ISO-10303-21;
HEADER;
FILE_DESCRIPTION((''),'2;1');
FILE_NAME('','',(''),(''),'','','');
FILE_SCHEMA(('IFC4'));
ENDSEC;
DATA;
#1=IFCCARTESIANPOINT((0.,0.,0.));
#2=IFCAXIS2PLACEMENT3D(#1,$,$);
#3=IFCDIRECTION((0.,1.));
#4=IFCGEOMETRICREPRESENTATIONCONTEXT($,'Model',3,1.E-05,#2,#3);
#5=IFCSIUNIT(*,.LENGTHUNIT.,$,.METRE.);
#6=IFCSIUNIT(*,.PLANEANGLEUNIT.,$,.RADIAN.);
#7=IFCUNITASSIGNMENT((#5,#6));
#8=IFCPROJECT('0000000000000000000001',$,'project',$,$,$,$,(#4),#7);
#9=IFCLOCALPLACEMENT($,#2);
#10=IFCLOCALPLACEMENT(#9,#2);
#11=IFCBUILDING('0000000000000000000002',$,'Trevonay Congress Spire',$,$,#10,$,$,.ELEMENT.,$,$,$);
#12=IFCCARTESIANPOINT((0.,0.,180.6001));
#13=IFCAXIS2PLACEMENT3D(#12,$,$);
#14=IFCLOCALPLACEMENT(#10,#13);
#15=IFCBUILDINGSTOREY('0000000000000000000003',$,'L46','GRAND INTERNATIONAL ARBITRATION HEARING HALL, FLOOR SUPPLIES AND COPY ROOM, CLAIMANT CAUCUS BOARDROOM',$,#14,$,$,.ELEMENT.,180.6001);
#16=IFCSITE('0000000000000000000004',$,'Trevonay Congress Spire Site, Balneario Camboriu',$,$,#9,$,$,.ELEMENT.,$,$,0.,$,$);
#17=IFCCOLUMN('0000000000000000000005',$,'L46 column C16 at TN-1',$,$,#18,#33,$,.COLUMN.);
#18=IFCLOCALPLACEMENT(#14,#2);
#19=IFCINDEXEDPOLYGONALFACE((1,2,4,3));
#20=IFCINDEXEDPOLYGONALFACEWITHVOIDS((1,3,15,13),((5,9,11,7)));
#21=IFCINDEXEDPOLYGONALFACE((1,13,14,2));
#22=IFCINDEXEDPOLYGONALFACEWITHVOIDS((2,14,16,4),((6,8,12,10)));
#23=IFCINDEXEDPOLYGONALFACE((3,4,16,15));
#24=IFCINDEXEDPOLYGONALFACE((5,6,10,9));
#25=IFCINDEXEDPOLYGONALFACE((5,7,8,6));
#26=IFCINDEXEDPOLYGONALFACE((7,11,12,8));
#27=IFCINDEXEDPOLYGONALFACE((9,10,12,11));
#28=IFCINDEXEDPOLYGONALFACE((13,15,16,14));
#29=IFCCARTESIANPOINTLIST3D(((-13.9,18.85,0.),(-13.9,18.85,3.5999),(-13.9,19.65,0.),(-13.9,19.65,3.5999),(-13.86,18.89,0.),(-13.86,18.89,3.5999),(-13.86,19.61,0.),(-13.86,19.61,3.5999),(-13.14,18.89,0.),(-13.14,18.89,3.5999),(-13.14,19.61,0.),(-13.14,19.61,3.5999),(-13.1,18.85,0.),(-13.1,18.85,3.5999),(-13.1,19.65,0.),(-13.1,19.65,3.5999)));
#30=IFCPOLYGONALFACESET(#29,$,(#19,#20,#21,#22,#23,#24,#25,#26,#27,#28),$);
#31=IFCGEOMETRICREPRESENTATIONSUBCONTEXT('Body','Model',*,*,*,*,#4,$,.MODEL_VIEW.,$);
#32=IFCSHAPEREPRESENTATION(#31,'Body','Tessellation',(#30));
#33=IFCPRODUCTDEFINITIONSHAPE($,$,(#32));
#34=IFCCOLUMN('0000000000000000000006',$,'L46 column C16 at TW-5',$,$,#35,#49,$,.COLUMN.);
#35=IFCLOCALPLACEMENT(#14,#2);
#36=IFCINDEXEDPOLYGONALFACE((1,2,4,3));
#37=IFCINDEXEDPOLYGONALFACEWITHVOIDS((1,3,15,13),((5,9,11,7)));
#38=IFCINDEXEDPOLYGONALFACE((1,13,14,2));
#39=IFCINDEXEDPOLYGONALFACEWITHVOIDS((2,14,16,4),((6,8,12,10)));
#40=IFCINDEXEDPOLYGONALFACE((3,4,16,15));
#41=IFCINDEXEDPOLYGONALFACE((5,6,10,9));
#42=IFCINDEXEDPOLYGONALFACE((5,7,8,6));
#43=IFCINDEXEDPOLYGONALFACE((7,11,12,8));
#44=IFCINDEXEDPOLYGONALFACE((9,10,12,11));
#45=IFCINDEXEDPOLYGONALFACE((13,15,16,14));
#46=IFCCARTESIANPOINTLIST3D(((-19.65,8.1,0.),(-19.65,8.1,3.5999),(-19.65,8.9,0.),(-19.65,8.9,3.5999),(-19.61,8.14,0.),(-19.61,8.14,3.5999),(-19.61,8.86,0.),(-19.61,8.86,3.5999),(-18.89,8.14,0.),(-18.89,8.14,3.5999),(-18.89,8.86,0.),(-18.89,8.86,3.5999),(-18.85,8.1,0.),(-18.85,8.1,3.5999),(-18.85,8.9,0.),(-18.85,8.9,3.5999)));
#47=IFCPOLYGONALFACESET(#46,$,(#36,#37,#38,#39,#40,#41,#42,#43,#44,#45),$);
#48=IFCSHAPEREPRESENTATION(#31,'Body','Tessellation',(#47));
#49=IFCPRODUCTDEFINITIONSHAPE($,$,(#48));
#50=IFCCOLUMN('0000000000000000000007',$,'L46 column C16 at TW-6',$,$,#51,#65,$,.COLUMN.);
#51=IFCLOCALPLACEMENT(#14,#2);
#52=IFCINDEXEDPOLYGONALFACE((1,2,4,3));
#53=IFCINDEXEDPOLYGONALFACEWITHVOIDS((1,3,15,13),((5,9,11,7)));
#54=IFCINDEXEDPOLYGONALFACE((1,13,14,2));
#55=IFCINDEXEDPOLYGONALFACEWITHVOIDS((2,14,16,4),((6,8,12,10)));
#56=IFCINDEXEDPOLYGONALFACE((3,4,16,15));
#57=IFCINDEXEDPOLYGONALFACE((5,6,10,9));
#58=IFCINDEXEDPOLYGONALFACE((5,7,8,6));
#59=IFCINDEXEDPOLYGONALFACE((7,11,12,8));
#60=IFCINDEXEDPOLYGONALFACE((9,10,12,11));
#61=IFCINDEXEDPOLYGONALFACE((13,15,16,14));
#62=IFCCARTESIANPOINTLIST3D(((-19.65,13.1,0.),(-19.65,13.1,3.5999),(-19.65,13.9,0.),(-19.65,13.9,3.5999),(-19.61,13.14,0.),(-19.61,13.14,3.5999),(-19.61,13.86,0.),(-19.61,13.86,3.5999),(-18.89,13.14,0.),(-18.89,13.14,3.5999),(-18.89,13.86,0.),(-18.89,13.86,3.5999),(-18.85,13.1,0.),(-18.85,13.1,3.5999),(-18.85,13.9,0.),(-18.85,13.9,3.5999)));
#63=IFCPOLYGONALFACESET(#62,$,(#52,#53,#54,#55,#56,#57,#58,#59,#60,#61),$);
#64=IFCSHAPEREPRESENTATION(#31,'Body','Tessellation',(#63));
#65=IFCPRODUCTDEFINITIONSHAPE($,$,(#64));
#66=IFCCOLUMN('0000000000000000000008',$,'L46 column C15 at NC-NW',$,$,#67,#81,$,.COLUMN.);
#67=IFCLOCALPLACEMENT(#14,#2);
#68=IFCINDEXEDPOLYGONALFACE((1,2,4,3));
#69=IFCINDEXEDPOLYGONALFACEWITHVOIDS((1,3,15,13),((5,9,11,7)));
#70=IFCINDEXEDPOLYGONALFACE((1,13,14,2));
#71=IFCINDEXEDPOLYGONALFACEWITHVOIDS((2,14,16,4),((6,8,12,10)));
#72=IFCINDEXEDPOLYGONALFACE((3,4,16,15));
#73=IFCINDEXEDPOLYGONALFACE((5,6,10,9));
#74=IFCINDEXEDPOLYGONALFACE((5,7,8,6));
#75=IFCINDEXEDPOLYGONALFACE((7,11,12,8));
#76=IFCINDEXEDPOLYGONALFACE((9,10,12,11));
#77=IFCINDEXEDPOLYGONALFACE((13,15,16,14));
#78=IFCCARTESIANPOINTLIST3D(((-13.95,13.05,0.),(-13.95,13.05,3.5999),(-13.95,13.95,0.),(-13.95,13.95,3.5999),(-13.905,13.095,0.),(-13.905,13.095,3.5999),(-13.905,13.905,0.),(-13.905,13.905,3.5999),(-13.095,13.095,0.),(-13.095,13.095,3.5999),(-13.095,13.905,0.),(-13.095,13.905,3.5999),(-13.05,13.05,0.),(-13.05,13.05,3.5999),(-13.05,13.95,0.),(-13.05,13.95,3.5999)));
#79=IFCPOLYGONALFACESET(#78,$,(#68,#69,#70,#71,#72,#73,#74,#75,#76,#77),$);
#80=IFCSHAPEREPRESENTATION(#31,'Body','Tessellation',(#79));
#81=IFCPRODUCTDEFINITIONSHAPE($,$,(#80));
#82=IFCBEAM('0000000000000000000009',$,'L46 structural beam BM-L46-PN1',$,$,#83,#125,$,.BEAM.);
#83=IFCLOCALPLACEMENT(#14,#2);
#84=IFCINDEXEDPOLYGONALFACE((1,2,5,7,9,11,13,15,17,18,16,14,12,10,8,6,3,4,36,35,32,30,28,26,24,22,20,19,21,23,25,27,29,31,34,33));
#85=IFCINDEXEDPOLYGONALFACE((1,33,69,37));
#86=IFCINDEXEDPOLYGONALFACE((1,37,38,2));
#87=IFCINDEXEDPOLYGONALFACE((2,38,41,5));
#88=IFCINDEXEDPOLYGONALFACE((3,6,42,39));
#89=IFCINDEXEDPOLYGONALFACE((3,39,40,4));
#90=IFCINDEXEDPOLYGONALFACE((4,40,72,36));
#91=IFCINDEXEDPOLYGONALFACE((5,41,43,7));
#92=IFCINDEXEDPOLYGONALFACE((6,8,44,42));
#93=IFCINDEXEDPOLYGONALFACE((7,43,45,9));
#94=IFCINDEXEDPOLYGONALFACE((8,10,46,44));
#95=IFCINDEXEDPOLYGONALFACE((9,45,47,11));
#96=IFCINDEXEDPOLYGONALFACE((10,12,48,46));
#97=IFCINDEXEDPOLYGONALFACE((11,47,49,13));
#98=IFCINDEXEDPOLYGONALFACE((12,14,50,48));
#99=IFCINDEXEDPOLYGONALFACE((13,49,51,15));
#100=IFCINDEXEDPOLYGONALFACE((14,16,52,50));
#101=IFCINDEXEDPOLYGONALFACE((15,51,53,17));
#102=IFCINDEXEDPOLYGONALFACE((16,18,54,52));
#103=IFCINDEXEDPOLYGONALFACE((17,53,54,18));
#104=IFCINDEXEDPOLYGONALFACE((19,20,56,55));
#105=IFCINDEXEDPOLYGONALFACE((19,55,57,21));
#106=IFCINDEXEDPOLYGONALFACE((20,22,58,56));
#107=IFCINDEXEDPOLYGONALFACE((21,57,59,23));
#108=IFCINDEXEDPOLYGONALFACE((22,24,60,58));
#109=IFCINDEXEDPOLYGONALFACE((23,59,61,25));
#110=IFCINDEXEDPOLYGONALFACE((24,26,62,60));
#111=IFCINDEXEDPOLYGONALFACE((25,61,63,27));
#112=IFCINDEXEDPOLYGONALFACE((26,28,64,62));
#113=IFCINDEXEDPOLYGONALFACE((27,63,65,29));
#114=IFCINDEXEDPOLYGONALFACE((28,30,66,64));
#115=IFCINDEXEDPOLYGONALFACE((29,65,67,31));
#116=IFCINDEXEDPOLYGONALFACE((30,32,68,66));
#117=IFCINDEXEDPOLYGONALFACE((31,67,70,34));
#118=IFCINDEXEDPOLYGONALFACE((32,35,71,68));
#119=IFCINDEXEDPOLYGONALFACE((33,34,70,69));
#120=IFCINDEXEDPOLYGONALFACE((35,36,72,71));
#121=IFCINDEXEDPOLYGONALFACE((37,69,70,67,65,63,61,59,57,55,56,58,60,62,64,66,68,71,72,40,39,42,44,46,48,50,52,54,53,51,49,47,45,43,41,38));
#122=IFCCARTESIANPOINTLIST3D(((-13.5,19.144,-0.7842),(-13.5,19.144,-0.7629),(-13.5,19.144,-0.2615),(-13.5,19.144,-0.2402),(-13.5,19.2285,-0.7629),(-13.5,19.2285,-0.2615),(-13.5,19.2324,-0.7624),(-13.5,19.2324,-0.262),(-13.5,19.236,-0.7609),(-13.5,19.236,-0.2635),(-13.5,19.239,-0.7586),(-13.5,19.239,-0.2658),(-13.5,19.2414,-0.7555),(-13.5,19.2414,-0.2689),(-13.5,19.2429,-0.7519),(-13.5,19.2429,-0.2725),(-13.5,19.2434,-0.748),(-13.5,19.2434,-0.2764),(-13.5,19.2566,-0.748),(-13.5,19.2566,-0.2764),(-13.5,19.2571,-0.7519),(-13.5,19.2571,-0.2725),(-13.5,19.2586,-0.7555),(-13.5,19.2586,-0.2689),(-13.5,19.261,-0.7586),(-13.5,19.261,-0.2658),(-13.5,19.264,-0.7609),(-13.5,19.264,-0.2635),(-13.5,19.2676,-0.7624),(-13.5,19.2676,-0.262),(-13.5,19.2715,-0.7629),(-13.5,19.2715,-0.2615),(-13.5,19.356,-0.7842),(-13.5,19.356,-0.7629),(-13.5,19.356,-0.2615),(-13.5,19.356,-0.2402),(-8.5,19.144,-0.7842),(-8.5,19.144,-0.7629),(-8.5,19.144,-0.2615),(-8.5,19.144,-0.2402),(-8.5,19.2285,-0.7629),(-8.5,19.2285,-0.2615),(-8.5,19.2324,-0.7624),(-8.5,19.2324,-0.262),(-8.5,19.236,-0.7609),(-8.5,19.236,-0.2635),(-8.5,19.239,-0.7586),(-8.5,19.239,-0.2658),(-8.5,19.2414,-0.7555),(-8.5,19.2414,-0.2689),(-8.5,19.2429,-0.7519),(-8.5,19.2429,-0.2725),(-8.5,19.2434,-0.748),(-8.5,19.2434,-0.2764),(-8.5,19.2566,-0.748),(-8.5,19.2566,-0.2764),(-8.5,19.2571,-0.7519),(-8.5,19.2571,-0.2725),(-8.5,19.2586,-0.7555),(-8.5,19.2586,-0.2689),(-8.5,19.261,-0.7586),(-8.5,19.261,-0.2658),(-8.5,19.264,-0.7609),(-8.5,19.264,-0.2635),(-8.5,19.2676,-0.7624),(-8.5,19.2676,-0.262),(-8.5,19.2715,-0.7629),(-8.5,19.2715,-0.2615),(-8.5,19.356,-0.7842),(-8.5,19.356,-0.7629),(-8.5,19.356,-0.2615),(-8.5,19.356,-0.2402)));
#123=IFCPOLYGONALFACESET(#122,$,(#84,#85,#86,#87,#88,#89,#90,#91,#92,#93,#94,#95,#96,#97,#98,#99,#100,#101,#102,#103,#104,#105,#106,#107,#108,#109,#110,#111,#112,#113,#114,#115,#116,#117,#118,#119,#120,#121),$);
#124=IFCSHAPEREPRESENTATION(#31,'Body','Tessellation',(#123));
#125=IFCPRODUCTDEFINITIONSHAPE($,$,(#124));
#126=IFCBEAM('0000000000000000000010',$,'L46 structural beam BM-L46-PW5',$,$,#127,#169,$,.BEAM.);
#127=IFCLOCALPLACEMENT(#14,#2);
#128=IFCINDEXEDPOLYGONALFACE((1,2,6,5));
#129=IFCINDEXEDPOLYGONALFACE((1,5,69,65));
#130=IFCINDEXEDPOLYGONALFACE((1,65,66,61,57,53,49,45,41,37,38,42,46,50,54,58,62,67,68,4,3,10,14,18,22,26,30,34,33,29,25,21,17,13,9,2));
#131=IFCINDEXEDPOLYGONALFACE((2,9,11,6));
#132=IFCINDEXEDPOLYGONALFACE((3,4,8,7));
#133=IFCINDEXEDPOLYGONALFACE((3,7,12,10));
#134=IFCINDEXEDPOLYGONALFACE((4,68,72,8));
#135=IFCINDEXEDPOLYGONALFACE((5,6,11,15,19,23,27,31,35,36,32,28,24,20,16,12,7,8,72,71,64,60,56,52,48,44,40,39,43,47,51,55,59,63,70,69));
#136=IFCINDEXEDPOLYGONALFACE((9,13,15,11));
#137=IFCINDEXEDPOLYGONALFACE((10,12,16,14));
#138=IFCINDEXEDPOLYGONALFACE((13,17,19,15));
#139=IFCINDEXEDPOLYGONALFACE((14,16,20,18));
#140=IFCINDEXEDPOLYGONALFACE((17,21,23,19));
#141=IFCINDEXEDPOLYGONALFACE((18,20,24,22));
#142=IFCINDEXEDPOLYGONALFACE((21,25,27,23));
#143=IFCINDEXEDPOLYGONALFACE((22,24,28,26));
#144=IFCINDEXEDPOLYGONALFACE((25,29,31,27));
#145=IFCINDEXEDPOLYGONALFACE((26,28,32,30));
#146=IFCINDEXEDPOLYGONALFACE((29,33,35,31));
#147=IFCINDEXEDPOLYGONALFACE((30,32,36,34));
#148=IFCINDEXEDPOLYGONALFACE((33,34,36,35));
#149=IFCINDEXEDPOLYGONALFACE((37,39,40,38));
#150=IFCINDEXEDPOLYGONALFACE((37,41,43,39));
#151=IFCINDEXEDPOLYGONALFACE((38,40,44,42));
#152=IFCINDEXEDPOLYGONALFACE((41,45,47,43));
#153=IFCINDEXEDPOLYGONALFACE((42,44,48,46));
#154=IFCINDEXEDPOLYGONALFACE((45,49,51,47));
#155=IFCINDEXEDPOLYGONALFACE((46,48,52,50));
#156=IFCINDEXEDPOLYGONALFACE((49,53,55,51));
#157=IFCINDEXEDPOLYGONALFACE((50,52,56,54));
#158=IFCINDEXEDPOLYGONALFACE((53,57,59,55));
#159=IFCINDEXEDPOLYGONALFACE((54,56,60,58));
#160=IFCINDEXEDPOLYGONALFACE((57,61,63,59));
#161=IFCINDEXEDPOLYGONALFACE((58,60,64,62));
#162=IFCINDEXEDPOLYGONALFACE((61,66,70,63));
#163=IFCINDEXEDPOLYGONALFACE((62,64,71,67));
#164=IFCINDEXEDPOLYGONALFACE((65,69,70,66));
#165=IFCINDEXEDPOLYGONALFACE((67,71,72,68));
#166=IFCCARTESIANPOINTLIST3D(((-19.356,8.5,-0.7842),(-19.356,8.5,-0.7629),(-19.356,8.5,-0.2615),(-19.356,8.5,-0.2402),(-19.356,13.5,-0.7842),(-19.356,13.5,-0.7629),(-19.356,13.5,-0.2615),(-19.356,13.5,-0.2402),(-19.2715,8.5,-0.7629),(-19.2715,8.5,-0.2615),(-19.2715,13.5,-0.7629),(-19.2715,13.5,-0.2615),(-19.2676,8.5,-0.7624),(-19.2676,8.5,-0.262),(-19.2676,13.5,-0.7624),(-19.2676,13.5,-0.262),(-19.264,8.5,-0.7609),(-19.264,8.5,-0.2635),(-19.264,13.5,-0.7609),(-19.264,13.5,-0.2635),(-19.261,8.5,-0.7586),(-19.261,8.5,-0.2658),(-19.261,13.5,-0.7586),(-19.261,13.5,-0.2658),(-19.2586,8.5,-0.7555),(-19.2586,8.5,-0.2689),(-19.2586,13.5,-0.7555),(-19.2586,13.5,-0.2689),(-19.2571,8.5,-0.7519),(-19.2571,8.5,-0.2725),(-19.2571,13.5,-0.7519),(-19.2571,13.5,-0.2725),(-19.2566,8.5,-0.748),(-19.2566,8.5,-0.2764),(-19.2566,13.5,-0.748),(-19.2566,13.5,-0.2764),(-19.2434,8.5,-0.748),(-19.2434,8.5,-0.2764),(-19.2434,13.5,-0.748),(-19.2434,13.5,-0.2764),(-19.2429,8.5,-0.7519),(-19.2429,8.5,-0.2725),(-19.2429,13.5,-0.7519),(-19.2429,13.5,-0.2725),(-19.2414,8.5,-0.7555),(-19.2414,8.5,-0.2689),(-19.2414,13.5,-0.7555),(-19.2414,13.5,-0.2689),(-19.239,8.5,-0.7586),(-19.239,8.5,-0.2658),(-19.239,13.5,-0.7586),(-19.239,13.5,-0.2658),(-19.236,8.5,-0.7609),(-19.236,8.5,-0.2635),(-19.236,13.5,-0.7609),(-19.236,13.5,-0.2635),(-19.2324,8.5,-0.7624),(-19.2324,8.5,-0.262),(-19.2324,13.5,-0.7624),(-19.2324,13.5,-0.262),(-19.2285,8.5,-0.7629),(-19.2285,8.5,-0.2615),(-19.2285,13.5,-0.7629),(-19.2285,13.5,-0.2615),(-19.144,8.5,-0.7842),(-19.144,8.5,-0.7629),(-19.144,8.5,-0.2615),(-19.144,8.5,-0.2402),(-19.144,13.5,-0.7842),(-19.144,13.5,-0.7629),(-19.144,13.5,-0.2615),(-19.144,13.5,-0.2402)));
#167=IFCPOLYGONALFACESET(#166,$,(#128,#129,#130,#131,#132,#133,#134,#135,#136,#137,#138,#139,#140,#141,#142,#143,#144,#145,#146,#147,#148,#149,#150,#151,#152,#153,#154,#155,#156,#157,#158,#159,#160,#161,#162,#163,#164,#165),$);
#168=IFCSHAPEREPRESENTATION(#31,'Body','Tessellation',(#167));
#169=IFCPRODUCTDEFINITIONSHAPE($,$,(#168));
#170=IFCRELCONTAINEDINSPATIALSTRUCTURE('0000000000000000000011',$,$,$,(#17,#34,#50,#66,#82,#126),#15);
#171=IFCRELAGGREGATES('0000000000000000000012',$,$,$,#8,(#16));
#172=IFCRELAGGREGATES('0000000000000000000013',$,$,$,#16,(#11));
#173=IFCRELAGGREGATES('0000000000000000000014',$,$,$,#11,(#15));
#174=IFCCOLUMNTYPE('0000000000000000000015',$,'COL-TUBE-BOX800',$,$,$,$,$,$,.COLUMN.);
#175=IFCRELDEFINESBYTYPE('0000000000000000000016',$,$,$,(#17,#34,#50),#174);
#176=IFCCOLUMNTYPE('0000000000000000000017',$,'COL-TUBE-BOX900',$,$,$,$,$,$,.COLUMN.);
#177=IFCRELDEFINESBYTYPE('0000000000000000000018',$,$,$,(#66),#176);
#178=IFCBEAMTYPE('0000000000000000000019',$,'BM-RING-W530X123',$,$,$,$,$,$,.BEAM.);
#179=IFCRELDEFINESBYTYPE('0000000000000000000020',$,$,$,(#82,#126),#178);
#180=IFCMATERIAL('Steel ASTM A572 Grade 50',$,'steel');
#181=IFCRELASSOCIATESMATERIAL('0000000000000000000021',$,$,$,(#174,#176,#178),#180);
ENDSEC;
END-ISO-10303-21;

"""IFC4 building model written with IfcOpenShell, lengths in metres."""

from ifc_helpers import new_model, si_unit, direction, frame, origin, origin_2d, place, context, subcontext, project, spatial, hollow_rectangle, i_section, extrude, material, material_profile, profile_set, type_object, element, save


model = new_model("IFC4")

# Units and contexts
model_context = context("Model", 3, precision=1e-05, world=origin(), true_north=direction((0.0, 1.0)))
body_context = subcontext(model_context, "Body", "Model", "MODEL_VIEW")
ifc_project = project(units=[si_unit("LENGTHUNIT", "METRE"), si_unit("PLANEANGLEUNIT", "RADIAN")], contexts=[model_context])

# Site, building, storey
site_placement = place(None, origin())
site = spatial("IfcSite", under=ifc_project, at=site_placement, Name="Trevonay Congress Spire Site, Balneario Camboriu", CompositionType="ELEMENT", RefElevation=0.0)
building_placement = place(site_placement, origin())
building = spatial("IfcBuilding", under=site, at=building_placement, Name="Trevonay Congress Spire", CompositionType="ELEMENT")
storey_placement = place(building_placement, frame((0.0, 0.0, 180.6001)))
storey = spatial("IfcBuildingStorey", under=building, at=storey_placement, Name="L46", Description="GRAND INTERNATIONAL ARBITRATION HEARING HALL, FLOOR SUPPLIES AND COPY ROOM, CLAIMANT CAUCUS BOARDROOM", CompositionType="ELEMENT", Elevation=180.6001)

# Columns
ifc_material_1 = material(Name="Steel ASTM A572 Grade 50", Category="steel")
ifc_material_profile_1 = material_profile(ifc_material_1, hollow_rectangle(XDim=0.8, YDim=0.8, WallThickness=0.04, at=origin_2d()), Name="BOX 800x800x40")
ifc_profile_set_1 = profile_set([ifc_material_profile_1], Name="Steel ASTM A572 Grade 50")
column_type_1 = type_object("IfcColumnType", Name="COL-TUBE-BOX800", PredefinedType="COLUMN", material=ifc_profile_set_1)
for number, where, z_axis, x_axis, name in (
    (1, (-13.5, 19.25, 0.0), (0.0, 0.0, 1.0), (1.0, 0.0, 0.0), "L46 column C16 at TN-1"),
    (2, (-19.25, 8.5, 0.0), (0.0, 0.0, 1.0), (1.0, 0.0, 0.0), "L46 column C16 at TW-5"),
    (3, (-19.25, 13.5, 0.0), (0.0, 0.0, 1.0), (1.0, 0.0, 0.0), "L46 column C16 at TW-6"),
):
    element("IfcColumn", number, at=place(storey_placement, frame(where, z_axis=z_axis, x_axis=x_axis)), inside=storey, type_object=column_type_1, Name=name, PredefinedType="COLUMN", context=body_context, shape_type="SweptSolid", body=[
        extrude(hollow_rectangle(XDim=0.8, YDim=0.8, WallThickness=0.04, at=origin_2d()), origin(), (0.0, 0.0, 1.0), 3.5999),
    ])
ifc_material_profile_2 = material_profile(ifc_material_1, hollow_rectangle(XDim=0.8999, YDim=0.8999, WallThickness=0.0449, at=origin_2d()), Name="BOX 900x900x45")
ifc_profile_set_2 = profile_set([ifc_material_profile_2], Name="Steel ASTM A572 Grade 50")
column_type_2 = type_object("IfcColumnType", Name="COL-TUBE-BOX900", PredefinedType="COLUMN", material=ifc_profile_set_2)
column_placement = place(storey_placement, frame((-13.5, 13.5, 0.0), z_axis=(0.0, 0.0, 1.0), x_axis=(1.0, 0.0, 0.0)))
element("IfcColumn", 4, at=column_placement, inside=storey, type_object=column_type_2, Name="L46 column C15 at NC-NW", PredefinedType="COLUMN", context=body_context, shape_type="SweptSolid", body=[
    extrude(hollow_rectangle(XDim=0.8999, YDim=0.8999, WallThickness=0.0449, at=origin_2d()), origin(), (0.0, 0.0, 1.0), 3.5999),
])

# Beams
ifc_material_profile_3 = material_profile(ifc_material_1, i_section(OverallWidth=0.2119, OverallDepth=0.5439, WebThickness=0.0132, FlangeThickness=0.0212, FilletRadius=0.0149, at=origin_2d()), Name="W530x123")
ifc_profile_set_3 = profile_set([ifc_material_profile_3], Name="Steel ASTM A572 Grade 50")
beam_type = type_object("IfcBeamType", Name="BM-RING-W530X123", PredefinedType="BEAM", material=ifc_profile_set_3)
for number, where, z_axis, x_axis, name in (
    (5, (-13.5, 19.25, -0.5122), (1.0, 0.0, 0.0), (0.0, 1.0, 0.0), "L46 structural beam BM-L46-PN1"),
    (6, (-19.25, 8.5, -0.5122), (0.0, 1.0, 0.0), (-1.0, 0.0, 0.0), "L46 structural beam BM-L46-PW5"),
):
    element("IfcBeam", number, at=place(storey_placement, frame(where, z_axis=z_axis, x_axis=x_axis)), inside=storey, type_object=beam_type, Name=name, PredefinedType="BEAM", context=body_context, shape_type="SweptSolid", body=[
        extrude(i_section(OverallWidth=0.2119, OverallDepth=0.5439, WebThickness=0.0132, FlangeThickness=0.0212, FilletRadius=0.0149, at=origin_2d()), origin(), (0.0, 0.0, 1.0), 5.0),
    ])

save(model, "model.ifc")
